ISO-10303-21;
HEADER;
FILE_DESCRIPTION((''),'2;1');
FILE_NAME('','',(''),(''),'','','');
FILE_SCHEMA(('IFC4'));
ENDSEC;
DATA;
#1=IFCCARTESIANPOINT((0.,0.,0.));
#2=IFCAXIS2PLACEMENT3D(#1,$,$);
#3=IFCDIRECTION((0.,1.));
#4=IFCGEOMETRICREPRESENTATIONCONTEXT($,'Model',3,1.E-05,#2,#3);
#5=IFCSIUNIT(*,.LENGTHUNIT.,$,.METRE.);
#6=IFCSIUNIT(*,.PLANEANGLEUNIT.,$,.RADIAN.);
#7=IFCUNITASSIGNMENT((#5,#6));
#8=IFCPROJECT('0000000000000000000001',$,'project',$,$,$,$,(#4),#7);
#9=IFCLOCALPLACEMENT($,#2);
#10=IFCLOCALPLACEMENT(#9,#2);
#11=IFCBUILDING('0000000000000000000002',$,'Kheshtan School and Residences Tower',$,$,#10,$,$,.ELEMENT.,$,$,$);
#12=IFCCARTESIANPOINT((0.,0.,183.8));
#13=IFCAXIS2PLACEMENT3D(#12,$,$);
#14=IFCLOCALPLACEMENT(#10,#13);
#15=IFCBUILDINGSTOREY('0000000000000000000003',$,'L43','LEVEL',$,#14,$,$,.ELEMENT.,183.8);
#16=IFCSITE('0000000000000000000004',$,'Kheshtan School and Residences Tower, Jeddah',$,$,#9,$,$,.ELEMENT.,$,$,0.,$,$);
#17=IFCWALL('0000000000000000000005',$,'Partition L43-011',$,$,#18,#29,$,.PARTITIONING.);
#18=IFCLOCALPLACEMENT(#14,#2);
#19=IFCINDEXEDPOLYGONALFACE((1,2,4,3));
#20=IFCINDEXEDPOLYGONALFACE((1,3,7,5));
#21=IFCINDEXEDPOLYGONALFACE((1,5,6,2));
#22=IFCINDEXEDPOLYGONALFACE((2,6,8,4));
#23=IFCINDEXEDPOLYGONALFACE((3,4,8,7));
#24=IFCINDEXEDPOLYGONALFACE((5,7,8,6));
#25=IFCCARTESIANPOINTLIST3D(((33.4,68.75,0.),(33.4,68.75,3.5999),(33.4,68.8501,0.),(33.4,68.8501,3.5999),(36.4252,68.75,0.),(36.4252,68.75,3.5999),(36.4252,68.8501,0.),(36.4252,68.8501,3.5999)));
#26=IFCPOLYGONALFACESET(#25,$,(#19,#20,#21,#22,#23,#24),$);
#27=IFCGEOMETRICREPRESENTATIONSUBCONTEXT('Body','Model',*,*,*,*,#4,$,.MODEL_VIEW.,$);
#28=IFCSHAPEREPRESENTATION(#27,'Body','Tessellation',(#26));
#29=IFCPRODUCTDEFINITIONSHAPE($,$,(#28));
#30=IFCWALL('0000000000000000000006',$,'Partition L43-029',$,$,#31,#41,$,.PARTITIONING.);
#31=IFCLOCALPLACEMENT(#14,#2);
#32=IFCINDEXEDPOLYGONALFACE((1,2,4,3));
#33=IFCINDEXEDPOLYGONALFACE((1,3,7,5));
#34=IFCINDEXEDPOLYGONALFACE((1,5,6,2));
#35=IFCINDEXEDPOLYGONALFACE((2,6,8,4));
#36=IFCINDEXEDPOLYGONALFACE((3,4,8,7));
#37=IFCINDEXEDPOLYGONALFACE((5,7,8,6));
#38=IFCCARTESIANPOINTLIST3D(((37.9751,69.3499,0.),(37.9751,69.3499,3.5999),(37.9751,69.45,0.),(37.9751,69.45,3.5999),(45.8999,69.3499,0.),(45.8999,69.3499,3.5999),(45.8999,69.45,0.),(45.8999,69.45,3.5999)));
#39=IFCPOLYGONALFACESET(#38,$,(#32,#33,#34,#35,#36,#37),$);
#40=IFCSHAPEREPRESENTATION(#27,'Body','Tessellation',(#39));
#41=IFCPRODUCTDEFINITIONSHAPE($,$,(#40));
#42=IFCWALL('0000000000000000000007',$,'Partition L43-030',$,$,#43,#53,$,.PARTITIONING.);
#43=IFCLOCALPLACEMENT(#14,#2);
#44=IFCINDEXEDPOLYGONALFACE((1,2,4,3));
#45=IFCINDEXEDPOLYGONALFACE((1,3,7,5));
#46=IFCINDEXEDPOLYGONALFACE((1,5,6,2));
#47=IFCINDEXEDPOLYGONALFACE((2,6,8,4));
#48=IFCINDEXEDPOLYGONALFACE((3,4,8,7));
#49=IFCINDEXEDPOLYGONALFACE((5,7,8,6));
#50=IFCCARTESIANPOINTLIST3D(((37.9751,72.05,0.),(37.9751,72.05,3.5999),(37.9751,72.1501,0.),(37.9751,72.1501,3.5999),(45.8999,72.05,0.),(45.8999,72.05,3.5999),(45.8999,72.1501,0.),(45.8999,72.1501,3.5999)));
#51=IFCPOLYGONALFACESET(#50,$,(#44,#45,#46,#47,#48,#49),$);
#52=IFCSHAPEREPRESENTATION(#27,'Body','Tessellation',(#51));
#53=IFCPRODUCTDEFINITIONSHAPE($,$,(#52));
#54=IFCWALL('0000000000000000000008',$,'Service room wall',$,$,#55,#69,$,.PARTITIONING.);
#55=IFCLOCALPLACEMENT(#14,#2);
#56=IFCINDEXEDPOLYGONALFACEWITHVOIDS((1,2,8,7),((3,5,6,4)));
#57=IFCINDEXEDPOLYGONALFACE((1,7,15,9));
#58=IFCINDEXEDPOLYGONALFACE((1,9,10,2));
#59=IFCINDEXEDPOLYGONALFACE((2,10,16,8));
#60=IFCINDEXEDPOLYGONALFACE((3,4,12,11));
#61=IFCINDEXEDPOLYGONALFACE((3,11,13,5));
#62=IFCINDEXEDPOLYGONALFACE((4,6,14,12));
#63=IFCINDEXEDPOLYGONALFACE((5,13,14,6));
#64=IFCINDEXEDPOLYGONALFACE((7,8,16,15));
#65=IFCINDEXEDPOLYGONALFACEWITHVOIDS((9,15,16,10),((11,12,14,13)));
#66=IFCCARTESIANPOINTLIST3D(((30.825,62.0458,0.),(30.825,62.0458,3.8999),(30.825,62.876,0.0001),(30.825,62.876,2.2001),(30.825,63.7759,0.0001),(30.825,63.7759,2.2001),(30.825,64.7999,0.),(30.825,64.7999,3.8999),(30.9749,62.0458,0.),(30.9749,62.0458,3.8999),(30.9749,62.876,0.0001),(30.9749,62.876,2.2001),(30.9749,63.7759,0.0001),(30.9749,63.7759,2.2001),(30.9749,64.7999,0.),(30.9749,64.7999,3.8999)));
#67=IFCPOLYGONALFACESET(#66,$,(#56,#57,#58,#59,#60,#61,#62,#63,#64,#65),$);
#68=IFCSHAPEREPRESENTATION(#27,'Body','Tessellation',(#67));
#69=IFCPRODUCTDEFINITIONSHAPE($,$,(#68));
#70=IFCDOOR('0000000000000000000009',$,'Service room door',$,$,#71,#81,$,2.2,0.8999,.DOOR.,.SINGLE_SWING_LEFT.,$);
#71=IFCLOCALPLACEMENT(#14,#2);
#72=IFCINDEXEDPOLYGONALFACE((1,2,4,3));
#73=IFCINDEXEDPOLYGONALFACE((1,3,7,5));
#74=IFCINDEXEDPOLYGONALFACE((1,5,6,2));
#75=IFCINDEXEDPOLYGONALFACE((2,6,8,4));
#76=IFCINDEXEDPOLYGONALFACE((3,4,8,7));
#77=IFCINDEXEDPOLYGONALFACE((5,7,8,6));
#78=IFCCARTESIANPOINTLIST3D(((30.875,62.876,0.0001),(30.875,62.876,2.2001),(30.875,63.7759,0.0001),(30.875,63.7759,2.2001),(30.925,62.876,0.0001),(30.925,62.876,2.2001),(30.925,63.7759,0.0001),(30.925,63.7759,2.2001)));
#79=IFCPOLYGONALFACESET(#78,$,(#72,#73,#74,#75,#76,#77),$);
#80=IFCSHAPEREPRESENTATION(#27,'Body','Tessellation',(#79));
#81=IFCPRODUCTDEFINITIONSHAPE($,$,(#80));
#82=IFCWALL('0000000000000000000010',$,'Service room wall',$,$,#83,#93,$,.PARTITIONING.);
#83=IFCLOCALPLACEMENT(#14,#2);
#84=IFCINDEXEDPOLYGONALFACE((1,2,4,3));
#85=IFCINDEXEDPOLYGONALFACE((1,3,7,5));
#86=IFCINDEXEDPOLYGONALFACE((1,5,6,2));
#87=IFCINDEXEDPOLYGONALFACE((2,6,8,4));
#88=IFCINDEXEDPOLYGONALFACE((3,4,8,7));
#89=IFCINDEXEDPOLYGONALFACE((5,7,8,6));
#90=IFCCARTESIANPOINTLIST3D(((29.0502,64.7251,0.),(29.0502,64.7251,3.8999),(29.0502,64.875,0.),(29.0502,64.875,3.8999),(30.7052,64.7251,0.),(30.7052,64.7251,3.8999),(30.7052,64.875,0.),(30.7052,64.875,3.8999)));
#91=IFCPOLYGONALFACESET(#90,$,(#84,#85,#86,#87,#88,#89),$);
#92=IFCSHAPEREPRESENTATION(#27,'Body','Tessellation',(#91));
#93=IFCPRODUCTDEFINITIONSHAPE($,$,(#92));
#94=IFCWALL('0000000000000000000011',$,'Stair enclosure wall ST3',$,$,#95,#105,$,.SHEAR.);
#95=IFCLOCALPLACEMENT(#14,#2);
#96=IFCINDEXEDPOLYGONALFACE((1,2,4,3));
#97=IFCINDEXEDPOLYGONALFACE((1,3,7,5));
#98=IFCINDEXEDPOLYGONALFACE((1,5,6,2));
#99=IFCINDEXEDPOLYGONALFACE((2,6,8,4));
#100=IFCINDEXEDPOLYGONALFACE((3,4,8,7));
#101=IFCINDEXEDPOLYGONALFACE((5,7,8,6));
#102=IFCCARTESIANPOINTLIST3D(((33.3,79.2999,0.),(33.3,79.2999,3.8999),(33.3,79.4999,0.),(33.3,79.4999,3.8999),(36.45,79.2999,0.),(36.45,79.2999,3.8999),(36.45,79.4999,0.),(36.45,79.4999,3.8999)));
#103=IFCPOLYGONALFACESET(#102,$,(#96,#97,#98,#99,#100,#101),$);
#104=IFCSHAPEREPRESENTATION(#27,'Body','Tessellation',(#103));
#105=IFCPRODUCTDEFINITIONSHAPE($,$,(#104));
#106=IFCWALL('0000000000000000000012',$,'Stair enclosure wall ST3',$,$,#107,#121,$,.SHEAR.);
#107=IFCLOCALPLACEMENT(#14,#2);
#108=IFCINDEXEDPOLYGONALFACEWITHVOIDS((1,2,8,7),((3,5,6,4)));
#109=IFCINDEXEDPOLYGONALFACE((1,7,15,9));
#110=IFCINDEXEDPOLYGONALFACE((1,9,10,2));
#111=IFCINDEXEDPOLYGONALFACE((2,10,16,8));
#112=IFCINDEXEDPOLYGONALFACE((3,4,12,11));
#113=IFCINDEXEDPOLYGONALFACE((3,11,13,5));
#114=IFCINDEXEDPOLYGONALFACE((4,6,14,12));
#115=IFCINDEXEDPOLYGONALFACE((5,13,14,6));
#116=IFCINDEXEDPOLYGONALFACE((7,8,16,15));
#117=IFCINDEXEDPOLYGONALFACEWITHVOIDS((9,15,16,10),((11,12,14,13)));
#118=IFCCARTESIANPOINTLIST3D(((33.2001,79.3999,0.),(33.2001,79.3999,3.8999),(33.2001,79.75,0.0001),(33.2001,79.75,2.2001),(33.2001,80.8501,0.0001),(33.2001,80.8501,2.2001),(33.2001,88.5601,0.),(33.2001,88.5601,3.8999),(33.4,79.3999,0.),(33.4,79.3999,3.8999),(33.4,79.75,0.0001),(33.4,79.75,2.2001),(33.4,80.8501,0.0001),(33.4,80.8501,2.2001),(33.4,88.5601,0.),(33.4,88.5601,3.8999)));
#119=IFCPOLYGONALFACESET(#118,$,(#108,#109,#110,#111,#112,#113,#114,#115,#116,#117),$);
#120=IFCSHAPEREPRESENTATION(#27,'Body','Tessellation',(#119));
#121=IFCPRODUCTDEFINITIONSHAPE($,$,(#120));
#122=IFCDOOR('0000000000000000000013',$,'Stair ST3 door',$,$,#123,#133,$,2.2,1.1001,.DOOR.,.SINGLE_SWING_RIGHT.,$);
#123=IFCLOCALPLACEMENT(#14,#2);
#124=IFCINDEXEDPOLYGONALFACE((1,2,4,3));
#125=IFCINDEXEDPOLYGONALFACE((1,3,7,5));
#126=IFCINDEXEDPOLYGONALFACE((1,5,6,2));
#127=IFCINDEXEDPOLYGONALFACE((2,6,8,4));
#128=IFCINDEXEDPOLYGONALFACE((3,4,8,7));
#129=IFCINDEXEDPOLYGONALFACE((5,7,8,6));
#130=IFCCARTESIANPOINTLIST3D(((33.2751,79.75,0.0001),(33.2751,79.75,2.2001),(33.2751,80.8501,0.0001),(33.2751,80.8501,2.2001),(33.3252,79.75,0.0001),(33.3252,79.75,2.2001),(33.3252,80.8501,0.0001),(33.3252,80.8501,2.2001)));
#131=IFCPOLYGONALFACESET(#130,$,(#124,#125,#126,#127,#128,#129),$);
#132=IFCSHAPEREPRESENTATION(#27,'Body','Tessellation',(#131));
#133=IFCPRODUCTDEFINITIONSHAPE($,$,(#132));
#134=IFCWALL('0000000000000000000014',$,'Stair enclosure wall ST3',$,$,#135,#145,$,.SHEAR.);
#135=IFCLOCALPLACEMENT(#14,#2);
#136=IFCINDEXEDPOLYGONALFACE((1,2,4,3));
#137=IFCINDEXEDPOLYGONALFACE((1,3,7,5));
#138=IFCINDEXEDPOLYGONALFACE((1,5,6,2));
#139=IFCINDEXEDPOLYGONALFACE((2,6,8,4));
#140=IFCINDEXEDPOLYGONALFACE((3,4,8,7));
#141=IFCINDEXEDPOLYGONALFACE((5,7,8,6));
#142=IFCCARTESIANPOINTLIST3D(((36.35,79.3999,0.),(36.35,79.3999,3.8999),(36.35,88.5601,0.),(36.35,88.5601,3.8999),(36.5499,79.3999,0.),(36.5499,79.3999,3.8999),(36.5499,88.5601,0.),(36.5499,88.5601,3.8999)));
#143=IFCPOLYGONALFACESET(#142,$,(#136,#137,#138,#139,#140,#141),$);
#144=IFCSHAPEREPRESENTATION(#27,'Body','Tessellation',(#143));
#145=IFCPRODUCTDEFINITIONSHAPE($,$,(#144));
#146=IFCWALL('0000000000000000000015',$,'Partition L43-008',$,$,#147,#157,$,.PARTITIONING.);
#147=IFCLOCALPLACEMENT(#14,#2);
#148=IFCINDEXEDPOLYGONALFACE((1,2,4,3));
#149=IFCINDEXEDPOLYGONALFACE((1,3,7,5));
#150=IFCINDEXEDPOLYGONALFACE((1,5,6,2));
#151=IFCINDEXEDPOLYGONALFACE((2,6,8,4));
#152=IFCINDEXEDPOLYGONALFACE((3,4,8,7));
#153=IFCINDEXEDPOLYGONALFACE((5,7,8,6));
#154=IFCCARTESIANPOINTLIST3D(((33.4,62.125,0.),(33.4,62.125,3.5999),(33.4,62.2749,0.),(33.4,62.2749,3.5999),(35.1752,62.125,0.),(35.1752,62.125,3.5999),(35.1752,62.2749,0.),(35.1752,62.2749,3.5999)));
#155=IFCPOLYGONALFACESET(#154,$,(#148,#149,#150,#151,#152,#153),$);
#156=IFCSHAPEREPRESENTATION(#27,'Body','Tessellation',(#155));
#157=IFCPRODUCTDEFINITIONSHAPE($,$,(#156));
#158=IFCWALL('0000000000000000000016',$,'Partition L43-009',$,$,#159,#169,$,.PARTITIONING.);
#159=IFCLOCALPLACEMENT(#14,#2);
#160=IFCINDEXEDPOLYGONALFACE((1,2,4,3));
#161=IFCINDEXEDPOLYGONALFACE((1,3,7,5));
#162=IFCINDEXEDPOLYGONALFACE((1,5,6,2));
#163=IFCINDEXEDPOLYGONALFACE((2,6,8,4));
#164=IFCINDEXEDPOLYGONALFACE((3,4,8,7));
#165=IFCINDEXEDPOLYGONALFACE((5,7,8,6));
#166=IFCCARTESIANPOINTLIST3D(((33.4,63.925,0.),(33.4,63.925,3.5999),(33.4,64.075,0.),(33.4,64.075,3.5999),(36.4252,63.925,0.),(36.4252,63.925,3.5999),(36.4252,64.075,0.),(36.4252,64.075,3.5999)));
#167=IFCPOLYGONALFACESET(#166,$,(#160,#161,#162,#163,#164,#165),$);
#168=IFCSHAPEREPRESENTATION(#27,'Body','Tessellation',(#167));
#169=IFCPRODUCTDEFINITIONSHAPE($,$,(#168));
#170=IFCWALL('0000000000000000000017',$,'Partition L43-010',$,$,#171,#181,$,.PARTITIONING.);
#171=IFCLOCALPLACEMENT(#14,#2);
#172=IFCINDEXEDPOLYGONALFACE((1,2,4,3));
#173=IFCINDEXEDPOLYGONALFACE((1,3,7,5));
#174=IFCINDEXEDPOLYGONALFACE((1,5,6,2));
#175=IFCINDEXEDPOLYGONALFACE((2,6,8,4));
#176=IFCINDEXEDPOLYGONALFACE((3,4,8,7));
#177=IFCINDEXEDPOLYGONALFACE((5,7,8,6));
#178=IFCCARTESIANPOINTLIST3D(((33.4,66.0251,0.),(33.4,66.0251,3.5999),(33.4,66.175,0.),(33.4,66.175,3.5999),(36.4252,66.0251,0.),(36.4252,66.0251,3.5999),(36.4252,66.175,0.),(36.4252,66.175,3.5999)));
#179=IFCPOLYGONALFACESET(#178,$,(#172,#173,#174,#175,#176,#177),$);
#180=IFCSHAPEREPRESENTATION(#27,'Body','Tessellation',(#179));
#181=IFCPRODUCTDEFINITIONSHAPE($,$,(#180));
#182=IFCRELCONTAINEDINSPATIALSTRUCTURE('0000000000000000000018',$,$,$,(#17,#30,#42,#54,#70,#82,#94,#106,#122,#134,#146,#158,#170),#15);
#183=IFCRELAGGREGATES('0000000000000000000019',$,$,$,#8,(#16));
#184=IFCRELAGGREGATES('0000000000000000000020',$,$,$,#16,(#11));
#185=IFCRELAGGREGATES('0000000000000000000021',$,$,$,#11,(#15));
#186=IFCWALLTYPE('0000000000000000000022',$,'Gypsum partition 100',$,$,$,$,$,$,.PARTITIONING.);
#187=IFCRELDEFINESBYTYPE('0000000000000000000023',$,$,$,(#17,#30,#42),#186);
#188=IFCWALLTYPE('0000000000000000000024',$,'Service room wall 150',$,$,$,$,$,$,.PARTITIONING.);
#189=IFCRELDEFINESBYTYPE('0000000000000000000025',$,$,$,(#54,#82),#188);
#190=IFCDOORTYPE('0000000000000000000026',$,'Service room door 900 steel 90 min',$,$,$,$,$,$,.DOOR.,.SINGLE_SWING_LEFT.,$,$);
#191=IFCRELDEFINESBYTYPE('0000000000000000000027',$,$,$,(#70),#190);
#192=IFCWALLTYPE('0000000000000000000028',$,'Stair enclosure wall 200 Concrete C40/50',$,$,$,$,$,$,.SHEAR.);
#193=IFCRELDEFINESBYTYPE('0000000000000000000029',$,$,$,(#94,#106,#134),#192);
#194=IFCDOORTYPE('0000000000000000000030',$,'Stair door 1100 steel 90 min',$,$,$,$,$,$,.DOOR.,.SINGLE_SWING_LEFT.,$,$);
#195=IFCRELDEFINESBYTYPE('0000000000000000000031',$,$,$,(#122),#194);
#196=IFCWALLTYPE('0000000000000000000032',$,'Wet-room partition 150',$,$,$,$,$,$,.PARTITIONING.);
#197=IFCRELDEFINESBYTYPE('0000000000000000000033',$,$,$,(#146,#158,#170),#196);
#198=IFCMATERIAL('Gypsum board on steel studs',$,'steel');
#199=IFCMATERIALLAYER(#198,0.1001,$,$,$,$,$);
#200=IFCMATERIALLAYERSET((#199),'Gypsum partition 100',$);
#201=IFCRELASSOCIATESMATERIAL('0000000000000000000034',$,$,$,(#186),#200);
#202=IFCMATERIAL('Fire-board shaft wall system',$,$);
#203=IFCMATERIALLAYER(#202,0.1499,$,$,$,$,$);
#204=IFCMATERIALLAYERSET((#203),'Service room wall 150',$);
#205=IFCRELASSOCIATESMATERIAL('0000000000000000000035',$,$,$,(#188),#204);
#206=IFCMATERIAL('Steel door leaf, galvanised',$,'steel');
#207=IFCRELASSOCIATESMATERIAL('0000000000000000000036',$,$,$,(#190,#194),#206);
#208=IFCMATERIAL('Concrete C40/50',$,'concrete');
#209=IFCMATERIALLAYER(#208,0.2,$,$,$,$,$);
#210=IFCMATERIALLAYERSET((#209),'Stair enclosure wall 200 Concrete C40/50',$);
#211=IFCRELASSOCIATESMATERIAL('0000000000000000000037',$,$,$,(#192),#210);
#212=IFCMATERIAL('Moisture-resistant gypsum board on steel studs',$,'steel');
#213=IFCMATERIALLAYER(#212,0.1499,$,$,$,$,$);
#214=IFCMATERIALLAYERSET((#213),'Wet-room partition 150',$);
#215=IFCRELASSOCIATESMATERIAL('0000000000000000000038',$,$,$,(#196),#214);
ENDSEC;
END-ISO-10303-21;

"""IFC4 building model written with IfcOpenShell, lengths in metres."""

from ifc_helpers import new_model, si_unit, direction, frame, frame_2d, origin, place, context, subcontext, project, spatial, rectangle, extrude, source, transform, mapped, material, layer, layer_set, type_object, element, fill, save


model = new_model("IFC4")

# Units and contexts
model_context = context("Model", 3, precision=1e-05, world=origin(), true_north=direction((0.0, 1.0)))
body_context = subcontext(model_context, "Body", "Model", "MODEL_VIEW")
ifc_project = project(units=[si_unit("LENGTHUNIT", "METRE"), si_unit("PLANEANGLEUNIT", "RADIAN")], contexts=[model_context])

# Site, building, storey
site_placement = place(None, origin())
site = spatial("IfcSite", under=ifc_project, at=site_placement, Name="Kheshtan School and Residences Tower, Jeddah", CompositionType="ELEMENT", RefElevation=0.0)
building_placement = place(site_placement, origin())
building = spatial("IfcBuilding", under=site, at=building_placement, Name="Kheshtan School and Residences Tower", CompositionType="ELEMENT")
storey_placement = place(building_placement, frame((0.0, 0.0, 183.8)))
storey = spatial("IfcBuildingStorey", under=building, at=storey_placement, Name="L43", Description="LEVEL", CompositionType="ELEMENT", Elevation=183.8)

# Walls
ifc_material_1 = material(Name="Gypsum board on steel studs", Category="steel")
ifc_layer_1 = layer(ifc_material_1, 0.1001)
ifc_layer_set_1 = layer_set([ifc_layer_1], Name="Gypsum partition 100")
wall_type_1 = type_object("IfcWallType", Name="Gypsum partition 100", PredefinedType="PARTITIONING", material=ifc_layer_set_1)
wall_1_placement = place(storey_placement, frame((33.3999, 68.8, 0.0), z_axis=(0.0, 0.0, 1.0), x_axis=(1.0, 0.0, 0.0)))
element("IfcWall", 1, at=wall_1_placement, inside=storey, type_object=wall_type_1, Name="Partition L43-011", PredefinedType="PARTITIONING", context=body_context, shape_type="SweptSolid", body=[
    extrude(rectangle(XDim=3.0251, YDim=0.1001, at=frame_2d((1.5127, 0.0))), origin(), (0.0, 0.0, 1.0), 3.5999),
])
for number, where, z_axis, x_axis, name in (
    (2, (37.9751, 69.3999, 0.0), (0.0, 0.0, 1.0), (1.0, 0.0, 0.0), "Partition L43-029"),
    (3, (37.9751, 72.1001, 0.0), (0.0, 0.0, 1.0), (1.0, 0.0, 0.0), "Partition L43-030"),
):
    element("IfcWall", number, at=place(storey_placement, frame(where, z_axis=z_axis, x_axis=x_axis)), inside=storey, type_object=wall_type_1, Name=name, PredefinedType="PARTITIONING", context=body_context, shape_type="SweptSolid", body=[
        extrude(rectangle(XDim=7.9248, YDim=0.1001, at=frame_2d((3.9624, 0.0))), origin(), (0.0, 0.0, 1.0), 3.5999),
    ])

# Wall, opening, door
ifc_material_2 = material(Name="Fire-board shaft wall system")
ifc_layer_2 = layer(ifc_material_2, 0.1499)
ifc_layer_set_2 = layer_set([ifc_layer_2], Name="Service room wall 150")
wall_type_2 = type_object("IfcWallType", Name="Service room wall 150", PredefinedType="PARTITIONING", material=ifc_layer_set_2)
wall_2_placement = place(storey_placement, frame((30.8999, 62.0459, 0.0), z_axis=(0.0, 0.0, 1.0), x_axis=(0.0, 1.0, 0.0)))
wall_2 = element("IfcWall", 4, at=wall_2_placement, inside=storey, type_object=wall_type_2, Name="Service room wall", PredefinedType="PARTITIONING", context=body_context, shape_type="SweptSolid", body=[
    extrude(rectangle(XDim=2.7542, YDim=0.1499, at=frame_2d((1.377, 0.0))), origin(), (0.0, 0.0, 1.0), 3.8999),
])
opening_1_placement = place(wall_2_placement, frame((0.8301, 0.0, 0.0)))
opening_1 = element("IfcOpeningElement", 5, at=opening_1_placement, cuts=wall_2, PredefinedType="OPENING", context=body_context, shape_type="SweptSolid", body=[
    extrude(rectangle(XDim=0.8999, YDim=2.2, at=frame_2d((0.45, 1.1001))), frame((0.0, 0.085, 0.0), z_axis=(0.0, -1.0, 0.0), x_axis=(1.0, 0.0, 0.0)), (0.0, 0.0, 1.0), 0.1699),
])
ifc_material_3 = material(Name="Steel door leaf, galvanised", Category="steel")
door_type_1 = type_object("IfcDoorType", Name="Service room door 900 steel 90 min", OperationType="SINGLE_SWING_LEFT", PredefinedType="DOOR", material=ifc_material_3)
shared_shape_1 = source(origin(), body_context, "Body", "SweptSolid", [
    extrude(rectangle(XDim=0.8999, YDim=2.2, at=frame_2d((0.45, 1.1001))), frame((0.0, 0.0249, 0.0), z_axis=(0.0, -1.0, 0.0), x_axis=(1.0, 0.0, 0.0)), (0.0, 0.0, 1.0), 0.05),
])
door_1_placement = place(opening_1_placement, origin())
door_1 = element("IfcDoor", 6, at=door_1_placement, inside=storey, type_object=door_type_1, Name="Service room door", OperationType="SINGLE_SWING_LEFT", OverallHeight=2.2, OverallWidth=0.8999, PredefinedType="DOOR", context=body_context, shape_type="MappedRepresentation", body=[
    mapped(shared_shape_1, transform((0.0, 0.0, 0.0), x_axis=(1.0, 0.0, 0.0), y_axis=(0.0, 1.0, 0.0), z_axis=(0.0, 0.0, 1.0), scale=1.0)),
])
fill(opening_1, door_1)

# Walls
wall_3_placement = place(storey_placement, frame((29.05, 64.8, 0.0), z_axis=(0.0, 0.0, 1.0), x_axis=(1.0, 0.0, 0.0)))
element("IfcWall", 7, at=wall_3_placement, inside=storey, type_object=wall_type_2, Name="Service room wall", PredefinedType="PARTITIONING", context=body_context, shape_type="SweptSolid", body=[
    extrude(rectangle(XDim=1.655, YDim=0.1499, at=frame_2d((0.8276, 0.0))), origin(), (0.0, 0.0, 1.0), 3.8999),
])
ifc_material_4 = material(Name="Concrete C40/50", Category="concrete")
ifc_layer_3 = layer(ifc_material_4, 0.2)
ifc_layer_set_3 = layer_set([ifc_layer_3], Name="Stair enclosure wall 200 Concrete C40/50")
wall_type_3 = type_object("IfcWallType", Name="Stair enclosure wall 200 Concrete C40/50", PredefinedType="SHEAR", material=ifc_layer_set_3)
wall_4_placement = place(storey_placement, frame((33.3, 79.3999, 0.0), z_axis=(0.0, 0.0, 1.0), x_axis=(1.0, 0.0, 0.0)))
element("IfcWall", 8, at=wall_4_placement, inside=storey, type_object=wall_type_3, Name="Stair enclosure wall ST3", PredefinedType="SHEAR", context=body_context, shape_type="SweptSolid", body=[
    extrude(rectangle(XDim=3.1499, YDim=0.2, at=frame_2d((1.575, 0.0))), origin(), (0.0, 0.0, 1.0), 3.8999),
])

# Wall, opening, door
wall_5_placement = place(storey_placement, frame((33.3, 79.3999, 0.0), z_axis=(0.0, 0.0, 1.0), x_axis=(0.0, 1.0, 0.0)))
wall_5 = element("IfcWall", 9, at=wall_5_placement, inside=storey, type_object=wall_type_3, Name="Stair enclosure wall ST3", PredefinedType="SHEAR", context=body_context, shape_type="SweptSolid", body=[
    extrude(rectangle(XDim=9.1602, YDim=0.2, at=frame_2d((4.5801, 0.0))), origin(), (0.0, 0.0, 1.0), 3.8999),
])
opening_2_placement = place(wall_5_placement, frame((0.3501, 0.0, 0.0)))
opening_2 = element("IfcOpeningElement", 10, at=opening_2_placement, cuts=wall_5, PredefinedType="OPENING", context=body_context, shape_type="SweptSolid", body=[
    extrude(rectangle(XDim=1.1001, YDim=2.2, at=frame_2d((0.55, 1.1001))), frame((0.0, 0.1099, 0.0), z_axis=(0.0, -1.0, 0.0), x_axis=(1.0, 0.0, 0.0)), (0.0, 0.0, 1.0), 0.22),
])
door_type_2 = type_object("IfcDoorType", Name="Stair door 1100 steel 90 min", OperationType="SINGLE_SWING_LEFT", PredefinedType="DOOR", material=ifc_material_3)
shared_shape_2 = source(origin(), body_context, "Body", "SweptSolid", [
    extrude(rectangle(XDim=1.1001, YDim=2.2, at=frame_2d((0.55, 1.1001))), frame((0.0, 0.0249, 0.0), z_axis=(0.0, -1.0, 0.0), x_axis=(1.0, 0.0, 0.0)), (0.0, 0.0, 1.0), 0.05),
])
door_2_placement = place(opening_2_placement, origin())
door_2 = element("IfcDoor", 11, at=door_2_placement, inside=storey, type_object=door_type_2, Name="Stair ST3 door", OperationType="SINGLE_SWING_RIGHT", OverallHeight=2.2, OverallWidth=1.1001, PredefinedType="DOOR", context=body_context, shape_type="MappedRepresentation", body=[
    mapped(shared_shape_2, transform((0.0, 0.0, 0.0), x_axis=(1.0, 0.0, 0.0), y_axis=(0.0, 1.0, 0.0), z_axis=(0.0, 0.0, 1.0), scale=1.0)),
])
fill(opening_2, door_2)

# Walls
wall_6_placement = place(storey_placement, frame((36.45, 79.3999, 0.0), z_axis=(0.0, 0.0, 1.0), x_axis=(0.0, 1.0, 0.0)))
element("IfcWall", 12, at=wall_6_placement, inside=storey, type_object=wall_type_3, Name="Stair enclosure wall ST3", PredefinedType="SHEAR", context=body_context, shape_type="SweptSolid", body=[
    extrude(rectangle(XDim=9.1602, YDim=0.2, at=frame_2d((4.5801, 0.0))), origin(), (0.0, 0.0, 1.0), 3.8999),
])
ifc_material_5 = material(Name="Moisture-resistant gypsum board on steel studs", Category="steel")
ifc_layer_4 = layer(ifc_material_5, 0.1499)
ifc_layer_set_4 = layer_set([ifc_layer_4], Name="Wet-room partition 150")
wall_type_4 = type_object("IfcWallType", Name="Wet-room partition 150", PredefinedType="PARTITIONING", material=ifc_layer_set_4)
wall_7_placement = place(storey_placement, frame((33.3999, 62.2, 0.0), z_axis=(0.0, 0.0, 1.0), x_axis=(1.0, 0.0, 0.0)))
element("IfcWall", 13, at=wall_7_placement, inside=storey, type_object=wall_type_4, Name="Partition L43-008", PredefinedType="PARTITIONING", context=body_context, shape_type="SweptSolid", body=[
    extrude(rectangle(XDim=1.7751, YDim=0.1499, at=frame_2d((0.8877, 0.0))), origin(), (0.0, 0.0, 1.0), 3.5999),
])
for number, where, z_axis, x_axis, name in (
    (14, (33.3999, 64.0, 0.0), (0.0, 0.0, 1.0), (1.0, 0.0, 0.0), "Partition L43-009"),
    (15, (33.3999, 66.1001, 0.0), (0.0, 0.0, 1.0), (1.0, 0.0, 0.0), "Partition L43-010"),
):
    element("IfcWall", number, at=place(storey_placement, frame(where, z_axis=z_axis, x_axis=x_axis)), inside=storey, type_object=wall_type_4, Name=name, PredefinedType="PARTITIONING", context=body_context, shape_type="SweptSolid", body=[
        extrude(rectangle(XDim=3.0251, YDim=0.1499, at=frame_2d((1.5127, 0.0))), origin(), (0.0, 0.0, 1.0), 3.5999),
    ])

save(model, "model.ifc")
